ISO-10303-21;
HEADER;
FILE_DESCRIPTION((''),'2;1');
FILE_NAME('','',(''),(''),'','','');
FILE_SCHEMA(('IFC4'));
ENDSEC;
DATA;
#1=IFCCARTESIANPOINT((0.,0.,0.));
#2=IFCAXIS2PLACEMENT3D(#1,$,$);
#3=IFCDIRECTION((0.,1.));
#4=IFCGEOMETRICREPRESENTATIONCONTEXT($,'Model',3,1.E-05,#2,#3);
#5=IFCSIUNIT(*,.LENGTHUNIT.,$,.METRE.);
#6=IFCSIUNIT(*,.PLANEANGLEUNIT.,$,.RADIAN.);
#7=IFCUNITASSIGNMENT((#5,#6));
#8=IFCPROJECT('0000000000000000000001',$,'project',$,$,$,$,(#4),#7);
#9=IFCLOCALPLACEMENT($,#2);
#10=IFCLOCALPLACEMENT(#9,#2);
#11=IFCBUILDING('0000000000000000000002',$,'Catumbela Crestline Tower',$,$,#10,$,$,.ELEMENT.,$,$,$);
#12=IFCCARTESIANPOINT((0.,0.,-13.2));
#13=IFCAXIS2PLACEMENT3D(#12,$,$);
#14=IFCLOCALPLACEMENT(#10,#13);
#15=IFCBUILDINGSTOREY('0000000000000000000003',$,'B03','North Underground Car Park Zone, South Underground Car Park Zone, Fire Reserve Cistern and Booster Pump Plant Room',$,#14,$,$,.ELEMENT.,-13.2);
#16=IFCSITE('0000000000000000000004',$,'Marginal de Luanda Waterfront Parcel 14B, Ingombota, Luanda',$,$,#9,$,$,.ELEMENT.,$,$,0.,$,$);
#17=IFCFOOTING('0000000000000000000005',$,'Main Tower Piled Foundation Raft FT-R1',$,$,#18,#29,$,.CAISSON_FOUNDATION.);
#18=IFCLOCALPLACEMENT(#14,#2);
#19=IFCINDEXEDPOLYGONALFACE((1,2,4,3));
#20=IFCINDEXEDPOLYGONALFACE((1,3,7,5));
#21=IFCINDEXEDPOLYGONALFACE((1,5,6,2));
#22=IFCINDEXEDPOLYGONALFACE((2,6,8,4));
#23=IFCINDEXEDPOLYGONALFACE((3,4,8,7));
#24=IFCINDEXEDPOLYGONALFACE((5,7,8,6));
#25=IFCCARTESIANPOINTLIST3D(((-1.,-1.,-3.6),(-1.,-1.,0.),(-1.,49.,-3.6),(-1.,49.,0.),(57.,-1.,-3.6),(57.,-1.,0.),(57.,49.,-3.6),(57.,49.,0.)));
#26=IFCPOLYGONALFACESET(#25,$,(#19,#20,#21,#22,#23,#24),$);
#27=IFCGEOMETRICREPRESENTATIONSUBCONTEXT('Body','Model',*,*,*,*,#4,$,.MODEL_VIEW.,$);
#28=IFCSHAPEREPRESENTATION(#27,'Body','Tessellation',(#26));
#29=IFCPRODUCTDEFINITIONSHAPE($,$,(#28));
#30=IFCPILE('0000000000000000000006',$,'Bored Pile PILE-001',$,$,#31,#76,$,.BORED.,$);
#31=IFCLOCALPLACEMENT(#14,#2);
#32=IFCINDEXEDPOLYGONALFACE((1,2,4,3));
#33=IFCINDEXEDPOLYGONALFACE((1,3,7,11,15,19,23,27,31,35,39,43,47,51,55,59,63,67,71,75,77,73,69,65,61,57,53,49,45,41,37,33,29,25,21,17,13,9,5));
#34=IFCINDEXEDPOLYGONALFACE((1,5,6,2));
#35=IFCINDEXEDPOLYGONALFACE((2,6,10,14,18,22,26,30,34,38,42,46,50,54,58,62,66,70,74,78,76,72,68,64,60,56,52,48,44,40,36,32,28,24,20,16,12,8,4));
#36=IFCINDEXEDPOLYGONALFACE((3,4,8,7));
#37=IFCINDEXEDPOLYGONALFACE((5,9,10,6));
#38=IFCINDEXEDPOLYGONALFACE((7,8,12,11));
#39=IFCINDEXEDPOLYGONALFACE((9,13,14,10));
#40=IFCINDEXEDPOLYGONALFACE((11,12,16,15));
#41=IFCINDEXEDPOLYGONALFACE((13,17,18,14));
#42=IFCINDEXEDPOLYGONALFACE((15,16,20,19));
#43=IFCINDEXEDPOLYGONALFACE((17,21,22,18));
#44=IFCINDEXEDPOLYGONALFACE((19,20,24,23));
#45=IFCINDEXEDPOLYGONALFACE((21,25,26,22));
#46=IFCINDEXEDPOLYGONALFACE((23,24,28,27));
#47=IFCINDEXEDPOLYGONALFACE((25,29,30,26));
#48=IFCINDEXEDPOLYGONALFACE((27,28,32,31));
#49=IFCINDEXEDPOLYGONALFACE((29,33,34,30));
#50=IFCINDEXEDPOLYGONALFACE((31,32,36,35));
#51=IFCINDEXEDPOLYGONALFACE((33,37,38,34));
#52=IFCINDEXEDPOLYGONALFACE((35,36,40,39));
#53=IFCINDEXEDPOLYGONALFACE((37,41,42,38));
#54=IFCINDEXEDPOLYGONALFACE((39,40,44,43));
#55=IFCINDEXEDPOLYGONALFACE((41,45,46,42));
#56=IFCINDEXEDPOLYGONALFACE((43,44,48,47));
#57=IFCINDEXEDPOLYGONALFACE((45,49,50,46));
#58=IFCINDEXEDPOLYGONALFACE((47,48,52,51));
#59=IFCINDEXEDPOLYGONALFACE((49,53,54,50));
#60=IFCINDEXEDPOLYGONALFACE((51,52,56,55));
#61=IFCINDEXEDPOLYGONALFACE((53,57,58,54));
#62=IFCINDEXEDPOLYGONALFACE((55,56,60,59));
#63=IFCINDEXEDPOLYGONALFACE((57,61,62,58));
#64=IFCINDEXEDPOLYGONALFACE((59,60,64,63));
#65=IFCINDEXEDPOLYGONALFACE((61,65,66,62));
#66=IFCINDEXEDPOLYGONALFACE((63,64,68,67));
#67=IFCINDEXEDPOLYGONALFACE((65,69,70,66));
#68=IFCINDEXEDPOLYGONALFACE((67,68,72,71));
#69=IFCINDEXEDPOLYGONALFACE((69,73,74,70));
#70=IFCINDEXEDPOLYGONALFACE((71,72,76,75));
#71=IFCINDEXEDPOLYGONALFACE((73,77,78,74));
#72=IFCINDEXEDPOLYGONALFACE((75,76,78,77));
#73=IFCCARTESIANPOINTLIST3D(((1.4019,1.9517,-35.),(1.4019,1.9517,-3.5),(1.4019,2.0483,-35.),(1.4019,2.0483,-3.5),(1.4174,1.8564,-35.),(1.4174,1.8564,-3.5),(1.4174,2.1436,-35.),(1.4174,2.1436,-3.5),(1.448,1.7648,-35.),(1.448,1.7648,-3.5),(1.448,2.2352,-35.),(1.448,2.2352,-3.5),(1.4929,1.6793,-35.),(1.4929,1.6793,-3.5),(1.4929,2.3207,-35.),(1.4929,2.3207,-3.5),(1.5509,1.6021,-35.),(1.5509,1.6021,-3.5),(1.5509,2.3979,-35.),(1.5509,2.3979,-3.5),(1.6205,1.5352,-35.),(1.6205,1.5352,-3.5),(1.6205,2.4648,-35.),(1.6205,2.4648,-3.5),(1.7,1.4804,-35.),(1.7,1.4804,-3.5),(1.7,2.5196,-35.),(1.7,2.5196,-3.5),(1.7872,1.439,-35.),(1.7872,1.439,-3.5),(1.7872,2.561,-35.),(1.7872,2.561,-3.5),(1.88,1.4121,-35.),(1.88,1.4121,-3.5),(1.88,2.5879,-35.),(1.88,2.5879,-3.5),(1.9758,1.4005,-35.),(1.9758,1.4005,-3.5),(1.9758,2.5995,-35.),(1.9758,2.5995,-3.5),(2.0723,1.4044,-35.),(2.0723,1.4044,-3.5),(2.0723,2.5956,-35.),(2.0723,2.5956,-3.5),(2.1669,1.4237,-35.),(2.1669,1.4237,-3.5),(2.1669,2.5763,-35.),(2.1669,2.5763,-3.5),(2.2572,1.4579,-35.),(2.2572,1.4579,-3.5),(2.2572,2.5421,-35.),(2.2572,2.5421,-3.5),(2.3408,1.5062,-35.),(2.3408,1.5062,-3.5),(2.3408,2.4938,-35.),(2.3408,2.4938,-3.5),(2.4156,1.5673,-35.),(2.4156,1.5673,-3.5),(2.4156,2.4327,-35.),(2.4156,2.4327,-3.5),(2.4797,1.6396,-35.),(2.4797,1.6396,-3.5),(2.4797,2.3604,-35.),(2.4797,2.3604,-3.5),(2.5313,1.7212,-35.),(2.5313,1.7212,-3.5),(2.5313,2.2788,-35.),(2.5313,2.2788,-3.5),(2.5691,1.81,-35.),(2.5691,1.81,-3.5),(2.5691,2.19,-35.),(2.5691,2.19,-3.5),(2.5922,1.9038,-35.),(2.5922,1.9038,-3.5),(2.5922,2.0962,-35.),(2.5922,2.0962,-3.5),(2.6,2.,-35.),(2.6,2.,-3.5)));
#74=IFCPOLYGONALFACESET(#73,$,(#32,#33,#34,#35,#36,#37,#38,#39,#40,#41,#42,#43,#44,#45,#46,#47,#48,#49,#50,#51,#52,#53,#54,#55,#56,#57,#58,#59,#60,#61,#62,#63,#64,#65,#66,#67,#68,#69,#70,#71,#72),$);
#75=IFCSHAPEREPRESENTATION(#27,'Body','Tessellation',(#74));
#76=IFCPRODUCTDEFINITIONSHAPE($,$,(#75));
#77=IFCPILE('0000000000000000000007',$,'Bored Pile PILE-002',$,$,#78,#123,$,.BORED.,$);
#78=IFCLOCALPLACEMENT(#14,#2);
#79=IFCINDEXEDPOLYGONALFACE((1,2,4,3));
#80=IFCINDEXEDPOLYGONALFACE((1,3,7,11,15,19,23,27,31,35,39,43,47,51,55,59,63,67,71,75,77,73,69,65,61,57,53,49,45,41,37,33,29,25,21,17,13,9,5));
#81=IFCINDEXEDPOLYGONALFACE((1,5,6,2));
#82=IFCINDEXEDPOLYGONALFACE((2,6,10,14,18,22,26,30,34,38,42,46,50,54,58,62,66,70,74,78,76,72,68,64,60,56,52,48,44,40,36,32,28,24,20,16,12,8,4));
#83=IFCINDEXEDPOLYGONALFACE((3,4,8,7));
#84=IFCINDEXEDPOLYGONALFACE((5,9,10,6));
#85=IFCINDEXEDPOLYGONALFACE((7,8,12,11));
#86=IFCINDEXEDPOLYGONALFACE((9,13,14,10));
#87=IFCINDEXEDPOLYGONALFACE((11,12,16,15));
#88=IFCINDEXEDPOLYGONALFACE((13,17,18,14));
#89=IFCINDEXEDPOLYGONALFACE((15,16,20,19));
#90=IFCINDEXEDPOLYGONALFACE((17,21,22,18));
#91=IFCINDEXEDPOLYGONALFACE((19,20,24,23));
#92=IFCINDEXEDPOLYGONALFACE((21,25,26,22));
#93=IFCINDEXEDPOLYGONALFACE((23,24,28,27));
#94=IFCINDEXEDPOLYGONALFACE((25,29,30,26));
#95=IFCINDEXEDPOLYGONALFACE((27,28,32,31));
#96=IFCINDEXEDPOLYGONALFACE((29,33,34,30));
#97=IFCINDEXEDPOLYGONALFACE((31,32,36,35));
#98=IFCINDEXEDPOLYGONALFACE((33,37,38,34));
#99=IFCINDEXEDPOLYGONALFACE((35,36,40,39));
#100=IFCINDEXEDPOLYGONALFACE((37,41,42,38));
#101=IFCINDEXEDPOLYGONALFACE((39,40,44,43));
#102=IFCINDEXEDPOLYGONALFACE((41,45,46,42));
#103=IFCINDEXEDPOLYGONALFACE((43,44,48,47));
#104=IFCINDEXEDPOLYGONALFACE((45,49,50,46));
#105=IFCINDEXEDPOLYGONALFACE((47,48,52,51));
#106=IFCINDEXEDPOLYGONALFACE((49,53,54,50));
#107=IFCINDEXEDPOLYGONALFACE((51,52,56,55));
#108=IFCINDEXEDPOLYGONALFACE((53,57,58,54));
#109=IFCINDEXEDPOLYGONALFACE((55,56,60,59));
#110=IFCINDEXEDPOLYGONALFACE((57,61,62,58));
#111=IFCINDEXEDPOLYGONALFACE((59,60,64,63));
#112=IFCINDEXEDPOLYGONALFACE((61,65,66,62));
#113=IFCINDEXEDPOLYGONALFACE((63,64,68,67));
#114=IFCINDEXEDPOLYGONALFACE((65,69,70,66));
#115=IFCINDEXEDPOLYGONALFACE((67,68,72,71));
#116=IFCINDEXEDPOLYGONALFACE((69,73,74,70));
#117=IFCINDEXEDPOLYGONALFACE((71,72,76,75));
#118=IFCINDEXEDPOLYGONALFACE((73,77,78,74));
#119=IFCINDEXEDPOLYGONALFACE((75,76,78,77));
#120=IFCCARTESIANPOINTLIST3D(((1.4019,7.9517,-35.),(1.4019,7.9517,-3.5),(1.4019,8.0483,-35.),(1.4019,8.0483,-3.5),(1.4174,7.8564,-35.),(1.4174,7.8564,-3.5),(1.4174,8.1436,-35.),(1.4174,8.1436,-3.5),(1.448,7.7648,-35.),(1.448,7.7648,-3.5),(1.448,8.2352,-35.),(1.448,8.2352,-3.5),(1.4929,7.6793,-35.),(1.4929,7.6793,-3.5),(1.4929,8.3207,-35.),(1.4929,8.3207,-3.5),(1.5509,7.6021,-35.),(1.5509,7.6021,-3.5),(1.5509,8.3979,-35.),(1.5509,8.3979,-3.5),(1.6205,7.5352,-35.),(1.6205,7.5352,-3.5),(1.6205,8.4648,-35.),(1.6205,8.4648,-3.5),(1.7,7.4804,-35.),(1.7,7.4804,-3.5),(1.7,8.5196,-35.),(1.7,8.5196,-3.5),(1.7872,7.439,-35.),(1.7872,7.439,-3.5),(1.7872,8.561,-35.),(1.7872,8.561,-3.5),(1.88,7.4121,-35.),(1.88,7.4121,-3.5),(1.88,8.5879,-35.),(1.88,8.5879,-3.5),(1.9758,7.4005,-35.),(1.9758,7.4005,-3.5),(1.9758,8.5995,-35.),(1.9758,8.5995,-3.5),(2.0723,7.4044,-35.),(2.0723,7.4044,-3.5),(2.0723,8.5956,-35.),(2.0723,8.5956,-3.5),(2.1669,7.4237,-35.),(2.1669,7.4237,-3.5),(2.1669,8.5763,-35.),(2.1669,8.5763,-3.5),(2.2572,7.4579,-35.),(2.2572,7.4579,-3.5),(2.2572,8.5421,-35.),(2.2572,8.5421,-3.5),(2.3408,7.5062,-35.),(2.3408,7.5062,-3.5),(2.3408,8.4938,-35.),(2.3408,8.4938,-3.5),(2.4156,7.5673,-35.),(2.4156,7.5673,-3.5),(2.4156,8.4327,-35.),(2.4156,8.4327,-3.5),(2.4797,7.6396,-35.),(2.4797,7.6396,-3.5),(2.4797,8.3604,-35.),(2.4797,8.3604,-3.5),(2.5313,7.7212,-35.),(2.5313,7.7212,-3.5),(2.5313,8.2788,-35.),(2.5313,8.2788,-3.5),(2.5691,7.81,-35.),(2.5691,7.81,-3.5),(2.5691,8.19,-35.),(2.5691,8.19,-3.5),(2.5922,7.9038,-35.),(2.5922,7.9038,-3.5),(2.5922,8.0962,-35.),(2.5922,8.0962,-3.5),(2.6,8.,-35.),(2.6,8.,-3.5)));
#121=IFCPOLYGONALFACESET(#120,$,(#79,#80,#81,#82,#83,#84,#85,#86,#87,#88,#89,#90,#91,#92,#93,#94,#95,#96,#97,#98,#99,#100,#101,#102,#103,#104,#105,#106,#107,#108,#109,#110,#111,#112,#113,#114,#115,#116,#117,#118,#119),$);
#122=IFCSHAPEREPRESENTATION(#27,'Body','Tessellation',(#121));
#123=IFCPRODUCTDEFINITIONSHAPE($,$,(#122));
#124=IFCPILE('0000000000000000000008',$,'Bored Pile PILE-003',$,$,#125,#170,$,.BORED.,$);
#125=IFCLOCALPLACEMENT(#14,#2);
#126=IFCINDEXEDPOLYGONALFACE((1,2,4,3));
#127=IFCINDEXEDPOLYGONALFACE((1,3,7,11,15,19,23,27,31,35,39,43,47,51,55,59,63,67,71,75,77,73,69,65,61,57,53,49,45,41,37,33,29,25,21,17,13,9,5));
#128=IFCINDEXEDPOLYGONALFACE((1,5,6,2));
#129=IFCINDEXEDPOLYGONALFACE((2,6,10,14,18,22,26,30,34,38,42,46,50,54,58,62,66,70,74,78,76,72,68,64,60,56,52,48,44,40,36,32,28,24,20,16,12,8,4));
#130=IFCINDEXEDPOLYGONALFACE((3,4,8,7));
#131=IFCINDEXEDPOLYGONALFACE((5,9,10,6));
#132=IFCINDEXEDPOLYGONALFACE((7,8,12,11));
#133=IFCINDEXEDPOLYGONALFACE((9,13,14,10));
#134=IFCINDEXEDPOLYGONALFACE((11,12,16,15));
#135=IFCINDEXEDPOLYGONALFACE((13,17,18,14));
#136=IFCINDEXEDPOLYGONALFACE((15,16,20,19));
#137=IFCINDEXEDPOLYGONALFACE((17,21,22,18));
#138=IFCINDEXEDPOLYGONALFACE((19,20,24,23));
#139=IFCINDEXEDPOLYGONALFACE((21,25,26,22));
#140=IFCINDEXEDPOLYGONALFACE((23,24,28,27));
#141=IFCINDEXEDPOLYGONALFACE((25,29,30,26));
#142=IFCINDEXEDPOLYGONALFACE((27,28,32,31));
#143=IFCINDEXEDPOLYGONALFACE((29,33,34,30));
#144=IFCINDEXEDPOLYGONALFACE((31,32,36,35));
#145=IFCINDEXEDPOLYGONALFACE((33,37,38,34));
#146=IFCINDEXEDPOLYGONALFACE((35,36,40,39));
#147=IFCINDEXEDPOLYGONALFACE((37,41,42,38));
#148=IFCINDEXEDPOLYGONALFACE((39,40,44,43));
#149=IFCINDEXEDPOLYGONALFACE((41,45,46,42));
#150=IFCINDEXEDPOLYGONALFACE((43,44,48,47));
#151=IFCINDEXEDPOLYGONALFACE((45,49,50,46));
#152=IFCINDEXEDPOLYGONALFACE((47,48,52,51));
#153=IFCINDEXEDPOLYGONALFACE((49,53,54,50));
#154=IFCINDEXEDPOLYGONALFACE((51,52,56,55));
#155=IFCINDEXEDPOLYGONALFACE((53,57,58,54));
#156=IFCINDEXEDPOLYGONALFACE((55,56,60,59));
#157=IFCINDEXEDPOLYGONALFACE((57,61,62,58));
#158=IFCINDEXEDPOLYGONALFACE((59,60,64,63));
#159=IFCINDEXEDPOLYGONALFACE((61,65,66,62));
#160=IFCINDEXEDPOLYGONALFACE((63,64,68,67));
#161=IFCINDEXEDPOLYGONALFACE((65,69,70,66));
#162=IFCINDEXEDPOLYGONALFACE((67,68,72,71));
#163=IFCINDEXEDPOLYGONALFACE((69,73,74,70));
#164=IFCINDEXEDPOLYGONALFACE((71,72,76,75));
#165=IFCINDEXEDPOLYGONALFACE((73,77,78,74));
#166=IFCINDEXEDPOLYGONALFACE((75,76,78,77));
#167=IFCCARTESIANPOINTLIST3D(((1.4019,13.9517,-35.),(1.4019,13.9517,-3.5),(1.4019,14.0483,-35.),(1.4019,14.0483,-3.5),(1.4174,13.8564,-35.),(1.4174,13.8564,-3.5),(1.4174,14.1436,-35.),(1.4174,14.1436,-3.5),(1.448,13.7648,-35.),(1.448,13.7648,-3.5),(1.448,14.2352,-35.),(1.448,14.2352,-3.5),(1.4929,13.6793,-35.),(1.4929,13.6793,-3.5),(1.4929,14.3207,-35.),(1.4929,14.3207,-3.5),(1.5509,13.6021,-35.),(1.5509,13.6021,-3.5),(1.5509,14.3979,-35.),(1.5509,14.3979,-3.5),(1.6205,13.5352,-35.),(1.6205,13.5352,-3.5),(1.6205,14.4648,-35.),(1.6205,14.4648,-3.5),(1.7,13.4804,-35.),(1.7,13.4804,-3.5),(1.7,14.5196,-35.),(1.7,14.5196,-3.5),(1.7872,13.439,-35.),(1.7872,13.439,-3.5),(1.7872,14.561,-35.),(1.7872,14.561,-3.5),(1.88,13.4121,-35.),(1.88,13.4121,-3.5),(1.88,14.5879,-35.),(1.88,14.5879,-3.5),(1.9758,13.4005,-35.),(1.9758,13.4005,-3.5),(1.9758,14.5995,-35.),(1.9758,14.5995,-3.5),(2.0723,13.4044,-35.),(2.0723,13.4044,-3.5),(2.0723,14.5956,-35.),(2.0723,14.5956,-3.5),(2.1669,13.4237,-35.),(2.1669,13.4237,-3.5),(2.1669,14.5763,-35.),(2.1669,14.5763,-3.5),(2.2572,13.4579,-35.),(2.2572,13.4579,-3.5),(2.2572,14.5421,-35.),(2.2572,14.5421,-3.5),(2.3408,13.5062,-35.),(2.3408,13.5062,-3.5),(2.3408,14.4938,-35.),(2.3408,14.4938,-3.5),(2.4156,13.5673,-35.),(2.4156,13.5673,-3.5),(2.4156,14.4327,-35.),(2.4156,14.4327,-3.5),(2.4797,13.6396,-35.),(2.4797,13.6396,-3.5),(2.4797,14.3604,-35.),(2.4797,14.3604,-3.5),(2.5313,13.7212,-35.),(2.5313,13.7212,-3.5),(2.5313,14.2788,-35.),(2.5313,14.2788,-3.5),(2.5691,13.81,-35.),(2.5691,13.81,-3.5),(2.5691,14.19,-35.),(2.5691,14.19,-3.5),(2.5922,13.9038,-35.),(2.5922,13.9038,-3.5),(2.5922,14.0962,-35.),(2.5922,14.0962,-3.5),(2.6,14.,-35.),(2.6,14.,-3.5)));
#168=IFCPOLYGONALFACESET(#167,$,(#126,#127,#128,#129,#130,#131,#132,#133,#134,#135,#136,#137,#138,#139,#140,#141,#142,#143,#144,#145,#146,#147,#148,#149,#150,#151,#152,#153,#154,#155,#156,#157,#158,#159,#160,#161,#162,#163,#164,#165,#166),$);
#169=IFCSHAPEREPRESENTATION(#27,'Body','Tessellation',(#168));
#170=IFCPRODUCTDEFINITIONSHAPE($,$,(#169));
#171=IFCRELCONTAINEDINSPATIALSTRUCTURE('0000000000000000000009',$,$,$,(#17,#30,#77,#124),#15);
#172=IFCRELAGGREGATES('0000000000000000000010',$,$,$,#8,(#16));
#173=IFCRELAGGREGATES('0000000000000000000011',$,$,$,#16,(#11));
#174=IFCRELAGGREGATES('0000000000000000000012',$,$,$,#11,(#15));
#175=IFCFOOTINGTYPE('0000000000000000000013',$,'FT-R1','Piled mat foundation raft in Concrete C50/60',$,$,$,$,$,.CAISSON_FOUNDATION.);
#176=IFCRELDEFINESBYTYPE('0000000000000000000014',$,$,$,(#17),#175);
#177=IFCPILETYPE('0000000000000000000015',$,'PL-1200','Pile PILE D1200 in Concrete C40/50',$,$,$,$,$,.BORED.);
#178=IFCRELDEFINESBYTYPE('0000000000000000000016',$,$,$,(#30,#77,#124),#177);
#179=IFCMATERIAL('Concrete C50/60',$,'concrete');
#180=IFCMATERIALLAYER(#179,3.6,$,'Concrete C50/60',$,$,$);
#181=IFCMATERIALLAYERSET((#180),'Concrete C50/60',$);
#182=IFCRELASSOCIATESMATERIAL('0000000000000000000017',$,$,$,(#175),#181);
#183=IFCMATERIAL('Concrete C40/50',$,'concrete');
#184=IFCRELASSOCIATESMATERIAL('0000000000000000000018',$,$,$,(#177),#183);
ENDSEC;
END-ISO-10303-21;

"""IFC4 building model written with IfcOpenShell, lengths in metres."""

from ifc_helpers import new_model, si_unit, direction, frame, origin, origin_2d, place, context, subcontext, project, spatial, polyline, circle, outline, extrude, material, layer, layer_set, material_profile, profile_set, type_object, element, save


model = new_model("IFC4")

# Units and contexts
model_context = context("Model", 3, precision=1e-05, world=origin(), true_north=direction((0.0, 1.0)))
body_context = subcontext(model_context, "Body", "Model", "MODEL_VIEW")
ifc_project = project(units=[si_unit("LENGTHUNIT", "METRE"), si_unit("PLANEANGLEUNIT", "RADIAN")], contexts=[model_context])

# Site, building, storey
site_placement = place(None, origin())
site = spatial("IfcSite", under=ifc_project, at=site_placement, Name="Marginal de Luanda Waterfront Parcel 14B, Ingombota, Luanda", CompositionType="ELEMENT", RefElevation=0.0)
building_placement = place(site_placement, origin())
building = spatial("IfcBuilding", under=site, at=building_placement, Name="Catumbela Crestline Tower", CompositionType="ELEMENT")
storey_placement = place(building_placement, frame((0.0, 0.0, -13.2)))
storey = spatial("IfcBuildingStorey", under=building, at=storey_placement, Name="B03", Description="North Underground Car Park Zone, South Underground Car Park Zone, Fire Reserve Cistern and Booster Pump Plant Room", CompositionType="ELEMENT", Elevation=-13.2)

# Footing
ifc_material_1 = material(Name="Concrete C50/60", Category="concrete")
ifc_layer_1 = layer(ifc_material_1, 3.6, Name="Concrete C50/60")
ifc_layer_set_1 = layer_set([ifc_layer_1], Name="Concrete C50/60")
footing_type = type_object("IfcFootingType", Name="FT-R1", Description="Piled mat foundation raft in Concrete C50/60", PredefinedType="CAISSON_FOUNDATION", material=ifc_layer_set_1)
footing_placement = place(storey_placement, frame((0.0, 0.0, -3.6)))
element("IfcFooting", 1, at=footing_placement, inside=storey, type_object=footing_type, Name="Main Tower Piled Foundation Raft FT-R1", PredefinedType="CAISSON_FOUNDATION", context=body_context, shape_type="SweptSolid", body=[
    extrude(outline(polyline([(-1.0, -1.0), (57.0, -1.0), (57.0, 49.0), (-1.0, 49.0), (-1.0, -1.0)])), origin(), (0.0, 0.0, 1.0), 3.6),
])

# Piles
ifc_material_2 = material(Name="Concrete C40/50", Category="concrete")
ifc_material_profile_1 = material_profile(ifc_material_2, circle(Radius=0.6, at=origin_2d()), Name="PILE D1200")
ifc_profile_set_1 = profile_set([ifc_material_profile_1], Name="Concrete C40/50")
pile_type = type_object("IfcPileType", Name="PL-1200", Description="Pile PILE D1200 in Concrete C40/50", PredefinedType="BORED", material=ifc_profile_set_1)
for number, where, z_axis, x_axis, name in (
    (2, (2.0, 2.0, -3.5), (0.0, 0.0, -1.0), (1.0, 0.0, 0.0), "Bored Pile PILE-001"),
    (3, (2.0, 8.0, -3.5), (0.0, 0.0, -1.0), (1.0, 0.0, 0.0), "Bored Pile PILE-002"),
    (4, (2.0, 14.0, -3.5), (0.0, 0.0, -1.0), (1.0, 0.0, 0.0), "Bored Pile PILE-003"),
):
    element("IfcPile", number, at=place(storey_placement, frame(where, z_axis=z_axis, x_axis=x_axis)), inside=storey, type_object=pile_type, Name=name, PredefinedType="BORED", context=body_context, shape_type="SweptSolid", body=[
        extrude(circle(Radius=0.6, at=origin_2d()), origin(), (0.0, 0.0, 1.0), 31.5),
    ])

save(model, "model.ifc")
